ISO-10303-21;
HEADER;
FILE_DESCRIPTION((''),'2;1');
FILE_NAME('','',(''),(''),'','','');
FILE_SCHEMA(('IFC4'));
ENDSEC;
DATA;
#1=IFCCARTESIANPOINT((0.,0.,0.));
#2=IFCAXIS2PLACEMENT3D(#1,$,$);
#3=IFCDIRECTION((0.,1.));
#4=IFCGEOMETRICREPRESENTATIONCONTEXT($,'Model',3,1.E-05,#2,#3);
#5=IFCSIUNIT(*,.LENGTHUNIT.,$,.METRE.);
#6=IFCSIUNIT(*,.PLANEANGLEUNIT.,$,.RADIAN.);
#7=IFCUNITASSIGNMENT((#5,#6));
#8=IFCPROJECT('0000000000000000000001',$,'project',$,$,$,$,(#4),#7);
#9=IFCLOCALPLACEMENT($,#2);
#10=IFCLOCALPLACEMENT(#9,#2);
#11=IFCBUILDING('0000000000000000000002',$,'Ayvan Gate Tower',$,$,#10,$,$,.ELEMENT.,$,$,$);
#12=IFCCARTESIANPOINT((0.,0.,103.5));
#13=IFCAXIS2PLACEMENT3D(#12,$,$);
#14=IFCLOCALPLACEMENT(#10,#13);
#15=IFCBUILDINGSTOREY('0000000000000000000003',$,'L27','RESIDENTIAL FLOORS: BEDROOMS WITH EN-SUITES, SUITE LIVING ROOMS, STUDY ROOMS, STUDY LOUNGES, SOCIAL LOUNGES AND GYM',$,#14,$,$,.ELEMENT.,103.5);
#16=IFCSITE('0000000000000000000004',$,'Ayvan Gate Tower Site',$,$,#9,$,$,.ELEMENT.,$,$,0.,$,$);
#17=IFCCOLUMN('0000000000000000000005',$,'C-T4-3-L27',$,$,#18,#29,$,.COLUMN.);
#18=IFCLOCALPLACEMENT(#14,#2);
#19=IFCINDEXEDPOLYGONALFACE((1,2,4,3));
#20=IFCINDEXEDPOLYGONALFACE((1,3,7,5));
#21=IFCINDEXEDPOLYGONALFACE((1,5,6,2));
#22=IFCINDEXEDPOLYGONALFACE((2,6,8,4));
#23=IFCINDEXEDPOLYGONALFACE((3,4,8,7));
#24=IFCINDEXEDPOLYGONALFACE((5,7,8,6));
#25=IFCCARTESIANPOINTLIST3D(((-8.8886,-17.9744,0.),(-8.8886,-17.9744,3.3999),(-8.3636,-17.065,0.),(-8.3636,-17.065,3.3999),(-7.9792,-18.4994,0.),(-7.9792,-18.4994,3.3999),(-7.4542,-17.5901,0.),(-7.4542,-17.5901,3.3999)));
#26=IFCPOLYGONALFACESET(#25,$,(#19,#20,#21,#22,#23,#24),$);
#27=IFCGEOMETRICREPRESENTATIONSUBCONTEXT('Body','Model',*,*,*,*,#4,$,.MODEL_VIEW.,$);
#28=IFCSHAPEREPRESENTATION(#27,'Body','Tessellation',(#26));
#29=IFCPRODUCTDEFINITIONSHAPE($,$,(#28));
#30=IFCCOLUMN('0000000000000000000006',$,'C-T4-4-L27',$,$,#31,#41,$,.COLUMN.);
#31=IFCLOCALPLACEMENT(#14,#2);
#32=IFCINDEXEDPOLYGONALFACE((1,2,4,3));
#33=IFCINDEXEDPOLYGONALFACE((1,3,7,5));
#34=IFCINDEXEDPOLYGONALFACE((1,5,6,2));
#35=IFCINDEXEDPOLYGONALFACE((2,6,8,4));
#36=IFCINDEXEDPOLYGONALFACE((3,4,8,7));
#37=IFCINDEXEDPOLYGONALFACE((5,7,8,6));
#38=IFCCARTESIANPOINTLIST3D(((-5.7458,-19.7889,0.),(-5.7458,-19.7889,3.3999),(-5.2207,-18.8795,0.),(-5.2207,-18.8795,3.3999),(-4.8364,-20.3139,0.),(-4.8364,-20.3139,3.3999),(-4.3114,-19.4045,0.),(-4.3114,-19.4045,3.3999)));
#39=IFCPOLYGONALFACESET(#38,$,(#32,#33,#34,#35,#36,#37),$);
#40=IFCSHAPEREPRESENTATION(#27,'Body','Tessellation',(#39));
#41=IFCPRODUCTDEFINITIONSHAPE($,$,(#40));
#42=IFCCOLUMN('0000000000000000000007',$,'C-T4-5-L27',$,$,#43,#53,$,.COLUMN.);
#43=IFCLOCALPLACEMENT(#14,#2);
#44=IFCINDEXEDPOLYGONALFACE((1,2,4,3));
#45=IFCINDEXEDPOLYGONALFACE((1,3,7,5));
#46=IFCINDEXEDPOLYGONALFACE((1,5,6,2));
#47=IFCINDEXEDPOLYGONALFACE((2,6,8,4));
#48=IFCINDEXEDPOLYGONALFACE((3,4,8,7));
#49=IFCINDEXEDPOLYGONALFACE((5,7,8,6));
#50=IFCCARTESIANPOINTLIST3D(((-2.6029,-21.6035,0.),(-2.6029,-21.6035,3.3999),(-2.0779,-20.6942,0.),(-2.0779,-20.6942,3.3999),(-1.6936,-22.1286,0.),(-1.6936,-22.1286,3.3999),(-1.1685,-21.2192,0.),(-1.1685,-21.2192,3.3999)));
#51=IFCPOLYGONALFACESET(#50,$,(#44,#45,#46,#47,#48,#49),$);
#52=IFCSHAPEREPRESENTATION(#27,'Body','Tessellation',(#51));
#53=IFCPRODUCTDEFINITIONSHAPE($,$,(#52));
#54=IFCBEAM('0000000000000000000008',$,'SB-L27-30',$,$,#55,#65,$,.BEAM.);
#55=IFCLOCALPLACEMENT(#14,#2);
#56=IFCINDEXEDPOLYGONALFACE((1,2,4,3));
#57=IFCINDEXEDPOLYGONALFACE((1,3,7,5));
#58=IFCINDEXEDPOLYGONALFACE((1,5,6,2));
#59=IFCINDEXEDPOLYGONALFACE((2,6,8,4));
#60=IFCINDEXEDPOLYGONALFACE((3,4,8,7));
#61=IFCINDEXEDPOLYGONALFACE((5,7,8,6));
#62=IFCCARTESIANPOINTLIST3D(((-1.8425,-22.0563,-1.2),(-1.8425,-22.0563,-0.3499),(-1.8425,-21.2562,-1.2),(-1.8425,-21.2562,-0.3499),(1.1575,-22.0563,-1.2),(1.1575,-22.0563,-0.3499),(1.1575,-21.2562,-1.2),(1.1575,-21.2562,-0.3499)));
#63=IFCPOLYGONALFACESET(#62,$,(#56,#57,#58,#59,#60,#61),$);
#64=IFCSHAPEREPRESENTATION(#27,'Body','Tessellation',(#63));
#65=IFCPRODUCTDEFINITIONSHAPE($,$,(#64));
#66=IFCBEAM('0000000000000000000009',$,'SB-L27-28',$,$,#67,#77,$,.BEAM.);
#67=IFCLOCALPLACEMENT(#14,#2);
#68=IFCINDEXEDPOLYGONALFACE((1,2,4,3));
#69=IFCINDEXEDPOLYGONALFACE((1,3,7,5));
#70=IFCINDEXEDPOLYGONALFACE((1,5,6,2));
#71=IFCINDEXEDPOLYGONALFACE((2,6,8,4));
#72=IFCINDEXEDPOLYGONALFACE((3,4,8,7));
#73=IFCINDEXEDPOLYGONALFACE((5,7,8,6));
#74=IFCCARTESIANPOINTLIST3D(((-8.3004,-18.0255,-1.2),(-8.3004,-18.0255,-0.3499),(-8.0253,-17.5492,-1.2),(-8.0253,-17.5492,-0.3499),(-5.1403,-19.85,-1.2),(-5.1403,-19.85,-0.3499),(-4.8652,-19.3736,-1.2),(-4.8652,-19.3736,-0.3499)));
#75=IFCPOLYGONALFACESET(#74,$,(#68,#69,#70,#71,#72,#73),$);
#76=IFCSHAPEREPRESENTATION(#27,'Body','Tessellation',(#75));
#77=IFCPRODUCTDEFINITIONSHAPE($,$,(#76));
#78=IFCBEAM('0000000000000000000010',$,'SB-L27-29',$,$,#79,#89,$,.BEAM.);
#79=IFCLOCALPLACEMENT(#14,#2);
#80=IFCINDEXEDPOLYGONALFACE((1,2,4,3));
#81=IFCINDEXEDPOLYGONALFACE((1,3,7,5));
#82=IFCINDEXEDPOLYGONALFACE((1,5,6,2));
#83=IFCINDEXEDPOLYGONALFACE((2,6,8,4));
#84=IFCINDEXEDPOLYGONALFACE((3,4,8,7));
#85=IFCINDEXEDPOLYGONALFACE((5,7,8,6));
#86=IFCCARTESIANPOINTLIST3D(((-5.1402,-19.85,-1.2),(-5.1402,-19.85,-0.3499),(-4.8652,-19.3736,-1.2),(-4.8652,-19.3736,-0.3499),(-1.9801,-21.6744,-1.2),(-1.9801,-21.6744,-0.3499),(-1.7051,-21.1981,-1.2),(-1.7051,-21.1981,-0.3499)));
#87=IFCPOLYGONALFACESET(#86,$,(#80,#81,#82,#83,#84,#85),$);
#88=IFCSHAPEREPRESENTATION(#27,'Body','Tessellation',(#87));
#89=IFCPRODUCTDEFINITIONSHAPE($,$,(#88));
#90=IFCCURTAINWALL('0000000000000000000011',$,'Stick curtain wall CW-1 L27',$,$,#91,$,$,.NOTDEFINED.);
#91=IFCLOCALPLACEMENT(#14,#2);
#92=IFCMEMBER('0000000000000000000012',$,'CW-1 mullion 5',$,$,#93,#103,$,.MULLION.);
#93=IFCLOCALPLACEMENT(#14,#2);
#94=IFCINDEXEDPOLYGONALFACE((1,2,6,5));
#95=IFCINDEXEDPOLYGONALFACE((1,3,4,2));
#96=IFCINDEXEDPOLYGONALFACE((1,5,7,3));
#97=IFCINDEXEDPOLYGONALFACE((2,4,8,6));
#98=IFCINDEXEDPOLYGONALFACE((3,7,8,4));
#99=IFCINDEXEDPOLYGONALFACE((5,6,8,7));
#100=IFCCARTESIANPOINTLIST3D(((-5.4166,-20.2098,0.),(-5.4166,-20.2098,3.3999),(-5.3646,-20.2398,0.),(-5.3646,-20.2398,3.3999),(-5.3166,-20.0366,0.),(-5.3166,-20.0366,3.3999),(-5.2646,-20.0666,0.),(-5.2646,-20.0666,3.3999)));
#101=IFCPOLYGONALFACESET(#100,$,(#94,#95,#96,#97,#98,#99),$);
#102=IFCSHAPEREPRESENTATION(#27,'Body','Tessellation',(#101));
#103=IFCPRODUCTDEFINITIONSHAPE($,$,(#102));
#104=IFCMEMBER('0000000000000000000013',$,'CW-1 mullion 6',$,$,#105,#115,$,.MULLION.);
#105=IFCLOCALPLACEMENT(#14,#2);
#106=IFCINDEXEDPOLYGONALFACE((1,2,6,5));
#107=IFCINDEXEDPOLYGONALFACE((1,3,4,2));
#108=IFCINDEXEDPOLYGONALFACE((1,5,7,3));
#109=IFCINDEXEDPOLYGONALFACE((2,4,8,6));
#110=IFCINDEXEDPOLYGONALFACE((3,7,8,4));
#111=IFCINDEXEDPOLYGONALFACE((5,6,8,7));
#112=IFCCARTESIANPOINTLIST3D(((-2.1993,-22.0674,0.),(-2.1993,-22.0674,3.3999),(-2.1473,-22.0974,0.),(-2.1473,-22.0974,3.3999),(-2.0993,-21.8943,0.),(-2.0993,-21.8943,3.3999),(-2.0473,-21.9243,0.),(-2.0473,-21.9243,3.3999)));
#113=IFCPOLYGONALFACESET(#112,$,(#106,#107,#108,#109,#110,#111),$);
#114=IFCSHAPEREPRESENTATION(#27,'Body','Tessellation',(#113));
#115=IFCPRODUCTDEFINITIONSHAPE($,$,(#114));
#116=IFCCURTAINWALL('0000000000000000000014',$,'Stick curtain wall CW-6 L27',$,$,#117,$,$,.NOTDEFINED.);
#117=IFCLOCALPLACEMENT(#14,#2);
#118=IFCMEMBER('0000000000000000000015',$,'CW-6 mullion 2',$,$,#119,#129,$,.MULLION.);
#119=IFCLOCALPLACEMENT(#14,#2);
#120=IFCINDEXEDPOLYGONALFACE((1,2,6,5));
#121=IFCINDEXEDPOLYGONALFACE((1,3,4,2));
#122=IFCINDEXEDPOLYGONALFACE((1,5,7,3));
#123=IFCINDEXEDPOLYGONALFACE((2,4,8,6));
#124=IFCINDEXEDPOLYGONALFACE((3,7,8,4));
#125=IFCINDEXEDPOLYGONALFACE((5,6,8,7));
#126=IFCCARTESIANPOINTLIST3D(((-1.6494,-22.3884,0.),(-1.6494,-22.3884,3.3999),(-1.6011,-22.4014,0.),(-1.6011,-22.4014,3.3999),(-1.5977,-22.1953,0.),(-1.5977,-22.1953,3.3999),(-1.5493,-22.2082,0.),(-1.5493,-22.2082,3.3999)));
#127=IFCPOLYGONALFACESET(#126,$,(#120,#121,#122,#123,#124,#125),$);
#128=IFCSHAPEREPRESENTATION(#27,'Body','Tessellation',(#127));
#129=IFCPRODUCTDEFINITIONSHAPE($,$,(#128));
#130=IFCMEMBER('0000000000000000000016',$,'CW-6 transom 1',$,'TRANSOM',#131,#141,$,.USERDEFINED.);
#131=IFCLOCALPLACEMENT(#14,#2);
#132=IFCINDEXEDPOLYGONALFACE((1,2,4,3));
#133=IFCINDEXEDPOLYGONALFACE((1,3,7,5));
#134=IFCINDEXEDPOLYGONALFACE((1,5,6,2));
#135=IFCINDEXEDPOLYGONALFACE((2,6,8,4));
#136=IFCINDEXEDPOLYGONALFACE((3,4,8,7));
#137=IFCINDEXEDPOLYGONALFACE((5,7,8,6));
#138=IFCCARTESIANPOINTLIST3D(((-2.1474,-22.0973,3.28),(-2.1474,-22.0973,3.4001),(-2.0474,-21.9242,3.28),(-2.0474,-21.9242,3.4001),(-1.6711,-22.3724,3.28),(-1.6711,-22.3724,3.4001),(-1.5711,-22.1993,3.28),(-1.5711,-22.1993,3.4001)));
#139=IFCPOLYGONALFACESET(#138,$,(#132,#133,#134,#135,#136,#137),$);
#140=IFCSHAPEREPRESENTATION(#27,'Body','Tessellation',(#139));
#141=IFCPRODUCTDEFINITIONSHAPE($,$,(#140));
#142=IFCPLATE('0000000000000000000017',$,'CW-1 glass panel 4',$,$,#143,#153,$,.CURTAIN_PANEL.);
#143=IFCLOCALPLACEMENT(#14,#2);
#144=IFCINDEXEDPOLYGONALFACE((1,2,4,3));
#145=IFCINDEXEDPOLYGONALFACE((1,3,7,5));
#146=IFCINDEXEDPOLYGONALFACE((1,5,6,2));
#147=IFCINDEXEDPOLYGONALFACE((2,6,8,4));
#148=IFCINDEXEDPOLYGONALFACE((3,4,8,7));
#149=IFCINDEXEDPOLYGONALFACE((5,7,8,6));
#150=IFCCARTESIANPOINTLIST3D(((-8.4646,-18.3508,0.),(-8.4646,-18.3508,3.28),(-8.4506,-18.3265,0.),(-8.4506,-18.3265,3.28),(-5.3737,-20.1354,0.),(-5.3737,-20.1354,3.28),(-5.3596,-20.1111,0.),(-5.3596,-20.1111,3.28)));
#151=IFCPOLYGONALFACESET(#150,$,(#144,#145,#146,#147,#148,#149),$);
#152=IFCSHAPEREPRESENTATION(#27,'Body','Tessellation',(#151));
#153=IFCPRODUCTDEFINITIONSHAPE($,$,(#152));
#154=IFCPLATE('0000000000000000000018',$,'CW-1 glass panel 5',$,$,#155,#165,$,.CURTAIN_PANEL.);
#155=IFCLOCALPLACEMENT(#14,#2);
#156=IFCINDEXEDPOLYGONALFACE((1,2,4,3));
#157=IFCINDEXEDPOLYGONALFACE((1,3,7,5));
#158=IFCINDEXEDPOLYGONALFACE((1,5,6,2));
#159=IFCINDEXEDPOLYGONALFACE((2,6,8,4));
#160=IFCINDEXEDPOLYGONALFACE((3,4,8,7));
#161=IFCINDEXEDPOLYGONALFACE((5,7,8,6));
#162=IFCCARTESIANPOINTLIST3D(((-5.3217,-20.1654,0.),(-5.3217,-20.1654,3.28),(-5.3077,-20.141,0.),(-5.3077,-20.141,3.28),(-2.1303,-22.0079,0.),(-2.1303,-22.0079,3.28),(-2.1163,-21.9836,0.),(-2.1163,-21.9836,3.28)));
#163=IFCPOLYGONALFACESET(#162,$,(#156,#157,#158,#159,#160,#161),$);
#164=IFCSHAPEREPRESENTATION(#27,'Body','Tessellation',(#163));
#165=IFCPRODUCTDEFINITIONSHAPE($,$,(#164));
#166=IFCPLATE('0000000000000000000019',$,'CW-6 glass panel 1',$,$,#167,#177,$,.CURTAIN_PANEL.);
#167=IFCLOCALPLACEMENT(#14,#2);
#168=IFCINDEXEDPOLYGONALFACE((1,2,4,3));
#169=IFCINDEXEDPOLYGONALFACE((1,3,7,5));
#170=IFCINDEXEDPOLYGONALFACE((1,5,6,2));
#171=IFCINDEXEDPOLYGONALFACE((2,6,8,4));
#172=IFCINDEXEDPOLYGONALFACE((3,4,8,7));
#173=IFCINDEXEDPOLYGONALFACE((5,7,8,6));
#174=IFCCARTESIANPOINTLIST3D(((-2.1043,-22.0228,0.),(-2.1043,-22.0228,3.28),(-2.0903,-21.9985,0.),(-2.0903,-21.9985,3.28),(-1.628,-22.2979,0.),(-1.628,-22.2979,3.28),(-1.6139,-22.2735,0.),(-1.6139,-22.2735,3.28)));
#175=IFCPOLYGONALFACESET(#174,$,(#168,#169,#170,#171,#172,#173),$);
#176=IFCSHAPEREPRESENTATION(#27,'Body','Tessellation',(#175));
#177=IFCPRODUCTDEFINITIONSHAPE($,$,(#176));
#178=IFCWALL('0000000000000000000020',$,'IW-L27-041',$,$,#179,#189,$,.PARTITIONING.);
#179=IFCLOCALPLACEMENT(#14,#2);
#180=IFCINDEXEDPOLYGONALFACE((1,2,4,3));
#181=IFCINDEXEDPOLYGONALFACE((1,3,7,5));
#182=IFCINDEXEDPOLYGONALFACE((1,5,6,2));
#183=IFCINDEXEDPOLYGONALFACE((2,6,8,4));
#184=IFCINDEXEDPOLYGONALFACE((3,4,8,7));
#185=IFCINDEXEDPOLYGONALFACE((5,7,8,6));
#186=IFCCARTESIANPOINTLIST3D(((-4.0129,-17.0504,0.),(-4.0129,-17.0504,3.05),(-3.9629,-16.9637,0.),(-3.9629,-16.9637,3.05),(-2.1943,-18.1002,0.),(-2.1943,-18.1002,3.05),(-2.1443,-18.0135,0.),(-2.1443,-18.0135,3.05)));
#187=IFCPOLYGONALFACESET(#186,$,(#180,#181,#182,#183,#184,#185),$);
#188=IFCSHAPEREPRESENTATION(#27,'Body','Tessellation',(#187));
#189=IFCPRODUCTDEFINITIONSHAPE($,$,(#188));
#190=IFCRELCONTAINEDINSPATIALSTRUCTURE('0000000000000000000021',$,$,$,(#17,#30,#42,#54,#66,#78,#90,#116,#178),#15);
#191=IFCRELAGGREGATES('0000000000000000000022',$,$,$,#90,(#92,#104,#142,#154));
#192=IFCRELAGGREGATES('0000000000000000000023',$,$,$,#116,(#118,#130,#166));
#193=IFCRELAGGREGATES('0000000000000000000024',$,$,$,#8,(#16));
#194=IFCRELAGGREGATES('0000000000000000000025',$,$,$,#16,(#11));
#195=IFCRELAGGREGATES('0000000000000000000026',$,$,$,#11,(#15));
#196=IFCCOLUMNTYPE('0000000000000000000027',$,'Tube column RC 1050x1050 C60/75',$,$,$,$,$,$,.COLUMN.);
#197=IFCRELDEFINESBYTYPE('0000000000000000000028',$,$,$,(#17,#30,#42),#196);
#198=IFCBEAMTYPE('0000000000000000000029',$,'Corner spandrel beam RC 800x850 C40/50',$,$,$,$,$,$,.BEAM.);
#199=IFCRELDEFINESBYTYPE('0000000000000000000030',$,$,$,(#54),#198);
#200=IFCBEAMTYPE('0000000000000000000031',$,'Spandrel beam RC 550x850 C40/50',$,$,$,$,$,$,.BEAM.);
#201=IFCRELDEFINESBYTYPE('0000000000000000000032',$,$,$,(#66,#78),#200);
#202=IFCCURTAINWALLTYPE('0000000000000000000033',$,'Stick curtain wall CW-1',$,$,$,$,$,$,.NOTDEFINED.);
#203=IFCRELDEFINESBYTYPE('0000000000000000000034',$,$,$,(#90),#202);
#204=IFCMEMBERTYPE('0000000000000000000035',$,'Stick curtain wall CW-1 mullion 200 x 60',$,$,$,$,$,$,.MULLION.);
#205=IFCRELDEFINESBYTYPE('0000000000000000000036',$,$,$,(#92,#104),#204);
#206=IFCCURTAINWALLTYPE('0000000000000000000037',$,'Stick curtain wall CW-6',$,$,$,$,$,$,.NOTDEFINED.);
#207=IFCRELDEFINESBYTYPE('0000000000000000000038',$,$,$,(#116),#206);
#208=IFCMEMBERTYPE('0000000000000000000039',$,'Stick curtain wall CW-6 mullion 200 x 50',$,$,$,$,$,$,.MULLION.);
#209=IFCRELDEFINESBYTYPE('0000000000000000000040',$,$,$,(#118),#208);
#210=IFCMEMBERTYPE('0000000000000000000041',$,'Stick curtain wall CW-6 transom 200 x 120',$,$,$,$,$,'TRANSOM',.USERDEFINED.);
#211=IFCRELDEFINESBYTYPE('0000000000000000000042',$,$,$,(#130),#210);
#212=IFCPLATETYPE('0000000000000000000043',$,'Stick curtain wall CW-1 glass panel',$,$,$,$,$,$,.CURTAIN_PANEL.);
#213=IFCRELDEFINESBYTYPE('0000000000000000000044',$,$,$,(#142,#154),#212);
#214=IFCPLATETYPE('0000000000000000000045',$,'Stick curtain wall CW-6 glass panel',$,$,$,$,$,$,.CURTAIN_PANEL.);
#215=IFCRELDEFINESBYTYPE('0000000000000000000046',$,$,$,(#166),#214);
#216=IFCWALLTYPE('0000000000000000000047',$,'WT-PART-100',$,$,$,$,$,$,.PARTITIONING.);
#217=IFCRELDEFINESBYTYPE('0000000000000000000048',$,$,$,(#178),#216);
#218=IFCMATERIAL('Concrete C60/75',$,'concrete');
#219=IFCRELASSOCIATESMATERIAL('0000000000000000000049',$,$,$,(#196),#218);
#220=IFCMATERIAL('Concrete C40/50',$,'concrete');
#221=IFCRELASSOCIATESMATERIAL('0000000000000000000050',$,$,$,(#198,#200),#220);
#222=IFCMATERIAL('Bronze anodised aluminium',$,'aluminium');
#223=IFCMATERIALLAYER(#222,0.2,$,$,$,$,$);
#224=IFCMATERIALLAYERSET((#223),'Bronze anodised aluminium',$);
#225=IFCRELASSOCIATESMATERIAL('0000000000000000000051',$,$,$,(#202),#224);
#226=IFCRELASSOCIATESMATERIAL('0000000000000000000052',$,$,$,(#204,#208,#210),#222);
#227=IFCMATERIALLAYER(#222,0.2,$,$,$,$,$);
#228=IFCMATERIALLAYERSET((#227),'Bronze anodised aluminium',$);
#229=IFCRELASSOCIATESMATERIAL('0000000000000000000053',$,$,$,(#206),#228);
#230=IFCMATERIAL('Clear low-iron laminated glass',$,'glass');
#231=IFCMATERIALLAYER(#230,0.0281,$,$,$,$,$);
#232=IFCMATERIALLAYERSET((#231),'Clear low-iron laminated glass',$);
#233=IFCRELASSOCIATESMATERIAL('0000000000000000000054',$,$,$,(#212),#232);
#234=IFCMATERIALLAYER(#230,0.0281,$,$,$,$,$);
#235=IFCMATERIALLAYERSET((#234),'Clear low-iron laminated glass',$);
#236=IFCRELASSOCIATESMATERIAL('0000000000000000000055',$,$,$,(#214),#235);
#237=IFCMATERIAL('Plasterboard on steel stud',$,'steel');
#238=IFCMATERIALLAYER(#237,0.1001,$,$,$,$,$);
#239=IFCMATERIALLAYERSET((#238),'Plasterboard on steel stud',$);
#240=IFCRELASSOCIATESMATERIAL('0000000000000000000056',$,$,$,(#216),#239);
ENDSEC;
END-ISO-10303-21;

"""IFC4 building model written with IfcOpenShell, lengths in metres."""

from ifc_helpers import new_model, si_unit, direction, frame, frame_2d, origin, origin_2d, place, context, subcontext, project, spatial, rectangle, extrude, material, layer, layer_set, material_profile, profile_set, type_object, element, aggregate, save


model = new_model("IFC4")

# Units and contexts
model_context = context("Model", 3, precision=1e-05, world=origin(), true_north=direction((0.0, 1.0)))
body_context = subcontext(model_context, "Body", "Model", "MODEL_VIEW")
ifc_project = project(units=[si_unit("LENGTHUNIT", "METRE"), si_unit("PLANEANGLEUNIT", "RADIAN")], contexts=[model_context])

# Site, building, storey
site_placement = place(None, origin())
site = spatial("IfcSite", under=ifc_project, at=site_placement, Name="Ayvan Gate Tower Site", CompositionType="ELEMENT", RefElevation=0.0)
building_placement = place(site_placement, origin())
building = spatial("IfcBuilding", under=site, at=building_placement, Name="Ayvan Gate Tower", CompositionType="ELEMENT")
storey_placement = place(building_placement, frame((0.0, 0.0, 103.5)))
storey = spatial("IfcBuildingStorey", under=building, at=storey_placement, Name="L27", Description="RESIDENTIAL FLOORS: BEDROOMS WITH EN-SUITES, SUITE LIVING ROOMS, STUDY ROOMS, STUDY LOUNGES, SOCIAL LOUNGES AND GYM", CompositionType="ELEMENT", Elevation=103.5)

# Columns
ifc_material_1 = material(Name="Concrete C60/75", Category="concrete")
ifc_material_profile_1 = material_profile(ifc_material_1, rectangle(XDim=1.05, YDim=1.05, at=origin_2d()), Name="RC 1050x1050")
ifc_profile_set_1 = profile_set([ifc_material_profile_1], Name="Concrete C60/75")
column_type = type_object("IfcColumnType", Name="Tube column RC 1050x1050 C60/75", PredefinedType="COLUMN", material=ifc_profile_set_1)
for number, where, z_axis, x_axis, name in (
    (1, (-8.1714, -17.7822, 0.0), (0.0, 0.0, 1.0), (-0.5, -0.866025, 0.0), "C-T4-3-L27"),
    (2, (-5.0286, -19.5967, 0.0), (0.0, 0.0, 1.0), (-0.5, -0.866025, 0.0), "C-T4-4-L27"),
    (3, (-1.8857, -21.4114, 0.0), (0.0, 0.0, 1.0), (-0.5, -0.866025, 0.0), "C-T4-5-L27"),
):
    element("IfcColumn", number, at=place(storey_placement, frame(where, z_axis=z_axis, x_axis=x_axis)), inside=storey, type_object=column_type, Name=name, PredefinedType="COLUMN", context=body_context, shape_type="SweptSolid", body=[
        extrude(rectangle(XDim=1.05, YDim=1.05, at=origin_2d()), origin(), (0.0, 0.0, 1.0), 3.3999),
    ])

# Beams
ifc_material_2 = material(Name="Concrete C40/50", Category="concrete")
ifc_material_profile_2 = material_profile(ifc_material_2, rectangle(XDim=0.8, YDim=0.8501, at=origin_2d()), Name="RC 800x850")
ifc_profile_set_2 = profile_set([ifc_material_profile_2], Name="Concrete C40/50")
beam_type_1 = type_object("IfcBeamType", Name="Corner spandrel beam RC 800x850 C40/50", PredefinedType="BEAM", material=ifc_profile_set_2)
beam_placement = place(storey_placement, frame((-1.8425, -21.6562, -0.7749), z_axis=(1.0, 0.0, 0.0), x_axis=(0.0, 1.0, 0.0)))
element("IfcBeam", 4, at=beam_placement, inside=storey, type_object=beam_type_1, Name="SB-L27-30", PredefinedType="BEAM", context=body_context, shape_type="SweptSolid", body=[
    extrude(rectangle(XDim=0.8, YDim=0.8501, at=origin_2d()), origin(), (0.0, 0.0, 1.0), 3.0),
])
ifc_material_profile_3 = material_profile(ifc_material_2, rectangle(XDim=0.55, YDim=0.8501, at=origin_2d()), Name="RC 550x850")
ifc_profile_set_3 = profile_set([ifc_material_profile_3], Name="Concrete C40/50")
beam_type_2 = type_object("IfcBeamType", Name="Spandrel beam RC 550x850 C40/50", PredefinedType="BEAM", material=ifc_profile_set_3)
for number, where, z_axis, x_axis, name in (
    (5, (-8.1628, -17.7874, -0.7749), (0.866032, -0.499989, 0.0), (0.499989, 0.866032, 0.0), "SB-L27-28"),
    (6, (-5.0027, -19.6118, -0.7749), (0.866032, -0.499989, 0.0), (0.499989, 0.866032, 0.0), "SB-L27-29"),
):
    element("IfcBeam", number, at=place(storey_placement, frame(where, z_axis=z_axis, x_axis=x_axis)), inside=storey, type_object=beam_type_2, Name=name, PredefinedType="BEAM", context=body_context, shape_type="SweptSolid", body=[
        extrude(rectangle(XDim=0.55, YDim=0.8501, at=origin_2d()), origin(), (0.0, 0.0, 1.0), 3.6489),
    ])

# Curtain walls, members
ifc_material_3 = material(Name="Bronze anodised aluminium", Category="aluminium")
ifc_layer_1 = layer(ifc_material_3, 0.2)
ifc_layer_set_1 = layer_set([ifc_layer_1], Name="Bronze anodised aluminium")
curtain_wall_type_1 = type_object("IfcCurtainWallType", Name="Stick curtain wall CW-1", PredefinedType="NOTDEFINED", material=ifc_layer_set_1)
curtain_wall_1_placement = place(storey_placement, origin())
curtain_wall_1 = element("IfcCurtainWall", 7, at=curtain_wall_1_placement, inside=storey, type_object=curtain_wall_type_1, Name="Stick curtain wall CW-1 L27", PredefinedType="NOTDEFINED")
ifc_material_profile_4 = material_profile(ifc_material_3, rectangle(XDim=0.2, YDim=0.0601, at=origin_2d()), Name="Stick curtain wall CW-1 mullion 200 x 60")
ifc_profile_set_4 = profile_set([ifc_material_profile_4], Name="Bronze anodised aluminium")
member_type_1 = type_object("IfcMemberType", Name="Stick curtain wall CW-1 mullion 200 x 60", PredefinedType="MULLION", material=ifc_profile_set_4)
member_1_placement = place(storey_placement, frame((-5.3406, -20.1382, 0.0), z_axis=(0.0, 0.0, 1.0), x_axis=(-0.5, -0.866025, 0.0)))
member_1 = element("IfcMember", 8, at=member_1_placement, type_object=member_type_1, Name="CW-1 mullion 5", PredefinedType="MULLION", context=body_context, shape_type="SweptSolid", body=[
    extrude(rectangle(XDim=0.2, YDim=0.0601, at=origin_2d()), origin(), (0.0, 0.0, 1.0), 3.3999),
])
member_2_placement = place(storey_placement, frame((-2.1233, -21.9958, 0.0), z_axis=(0.0, 0.0, 1.0), x_axis=(-0.5, -0.866025, 0.0)))
member_2 = element("IfcMember", 9, at=member_2_placement, type_object=member_type_1, Name="CW-1 mullion 6", PredefinedType="MULLION", context=body_context, shape_type="SweptSolid", body=[
    extrude(rectangle(XDim=0.2, YDim=0.0601, at=origin_2d()), origin(), (0.0, 0.0, 1.0), 3.3999),
])
ifc_layer_2 = layer(ifc_material_3, 0.2)
ifc_layer_set_2 = layer_set([ifc_layer_2], Name="Bronze anodised aluminium")
curtain_wall_type_2 = type_object("IfcCurtainWallType", Name="Stick curtain wall CW-6", PredefinedType="NOTDEFINED", material=ifc_layer_set_2)
curtain_wall_2_placement = place(storey_placement, origin())
curtain_wall_2 = element("IfcCurtainWall", 10, at=curtain_wall_2_placement, inside=storey, type_object=curtain_wall_type_2, Name="Stick curtain wall CW-6 L27", PredefinedType="NOTDEFINED")
ifc_material_profile_5 = material_profile(ifc_material_3, rectangle(XDim=0.2, YDim=0.05, at=origin_2d()), Name="Stick curtain wall CW-6 mullion 200 x 50")
ifc_profile_set_5 = profile_set([ifc_material_profile_5], Name="Bronze anodised aluminium")
member_type_2 = type_object("IfcMemberType", Name="Stick curtain wall CW-6 mullion 200 x 50", PredefinedType="MULLION", material=ifc_profile_set_5)
member_3_placement = place(storey_placement, frame((-1.5994, -22.2983, 0.0), z_axis=(0.0, 0.0, 1.0), x_axis=(-0.258819, -0.965926, 0.0)))
member_3 = element("IfcMember", 11, at=member_3_placement, type_object=member_type_2, Name="CW-6 mullion 2", PredefinedType="MULLION", context=body_context, shape_type="SweptSolid", body=[
    extrude(rectangle(XDim=0.2, YDim=0.05, at=origin_2d()), origin(), (0.0, 0.0, 1.0), 3.3999),
])
ifc_material_profile_6 = material_profile(ifc_material_3, rectangle(XDim=0.2, YDim=0.1201, at=origin_2d()), Name="Stick curtain wall CW-6 transom 200 x 120")
ifc_profile_set_6 = profile_set([ifc_material_profile_6], Name="Bronze anodised aluminium")
member_type_3 = type_object("IfcMemberType", Name="Stick curtain wall CW-6 transom 200 x 120", ElementType="TRANSOM", PredefinedType="USERDEFINED", material=ifc_profile_set_6)
member_4_placement = place(storey_placement, frame((-2.0974, -22.0107, 3.3401), z_axis=(0.865912, -0.500196, 0.0), x_axis=(0.500196, 0.865912, 0.0)))
member_4 = element("IfcMember", 12, at=member_4_placement, type_object=member_type_3, Name="CW-6 transom 1", ObjectType="TRANSOM", PredefinedType="USERDEFINED", context=body_context, shape_type="SweptSolid", body=[
    extrude(rectangle(XDim=0.2, YDim=0.1201, at=origin_2d()), origin(), (0.0, 0.0, 1.0), 0.55),
])

# Plates
ifc_material_4 = material(Name="Clear low-iron laminated glass", Category="glass")
ifc_layer_3 = layer(ifc_material_4, 0.0281)
ifc_layer_set_3 = layer_set([ifc_layer_3], Name="Clear low-iron laminated glass")
plate_type_1 = type_object("IfcPlateType", Name="Stick curtain wall CW-1 glass panel", PredefinedType="CURTAIN_PANEL", material=ifc_layer_set_3)
plate_1_placement = place(storey_placement, frame((-6.9121, -19.231, 0.0), z_axis=(0.0, 0.0, 1.0), x_axis=(0.866025, -0.5, 0.0)))
plate_1 = element("IfcPlate", 13, at=plate_1_placement, type_object=plate_type_1, Name="CW-1 glass panel 4", PredefinedType="CURTAIN_PANEL", context=body_context, shape_type="SweptSolid", body=[
    extrude(rectangle(XDim=3.5691, YDim=0.0281, at=origin_2d()), origin(), (0.0, 0.0, 1.0), 3.28),
])
plate_2_placement = place(storey_placement, frame((-3.719, -21.0745, 0.0), z_axis=(0.0, 0.0, 1.0), x_axis=(0.866025, -0.5, 0.0)))
plate_2 = element("IfcPlate", 14, at=plate_2_placement, type_object=plate_type_1, Name="CW-1 glass panel 5", PredefinedType="CURTAIN_PANEL", context=body_context, shape_type="SweptSolid", body=[
    extrude(rectangle(XDim=3.6851, YDim=0.0281, at=origin_2d()), origin(), (0.0, 0.0, 1.0), 3.28),
])
aggregate(curtain_wall_1, [member_1, member_2, plate_1, plate_2])
ifc_layer_4 = layer(ifc_material_4, 0.0281)
ifc_layer_set_4 = layer_set([ifc_layer_4], Name="Clear low-iron laminated glass")
plate_type_2 = type_object("IfcPlateType", Name="Stick curtain wall CW-6 glass panel", PredefinedType="CURTAIN_PANEL", material=ifc_layer_set_4)
plate_3_placement = place(storey_placement, frame((-1.8591, -22.1482, 0.0), z_axis=(0.0, 0.0, 1.0), x_axis=(0.866025, -0.5, 0.0)))
plate_3 = element("IfcPlate", 15, at=plate_3_placement, type_object=plate_type_2, Name="CW-6 glass panel 1", PredefinedType="CURTAIN_PANEL", context=body_context, shape_type="SweptSolid", body=[
    extrude(rectangle(XDim=0.55, YDim=0.0281, at=origin_2d()), origin(), (0.0, 0.0, 1.0), 3.28),
])
aggregate(curtain_wall_2, [member_3, member_4, plate_3])

# Wall
ifc_material_5 = material(Name="Plasterboard on steel stud", Category="steel")
ifc_layer_5 = layer(ifc_material_5, 0.1001)
ifc_layer_set_5 = layer_set([ifc_layer_5], Name="Plasterboard on steel stud")
wall_type_1 = type_object("IfcWallType", Name="WT-PART-100", PredefinedType="PARTITIONING", material=ifc_layer_set_5)
wall_1_placement = place(storey_placement, frame((-3.9878, -17.0071, 0.0), z_axis=(0.0, 0.0, 1.0), x_axis=(0.86606, -0.499941, 0.0)))
element("IfcWall", 16, at=wall_1_placement, inside=storey, type_object=wall_type_1, Name="IW-L27-041", PredefinedType="PARTITIONING", context=body_context, shape_type="SweptSolid", body=[
    extrude(rectangle(XDim=2.0999, YDim=0.1001, at=frame_2d((1.0498, 0.0))), origin(), (0.0, 0.0, 1.0), 3.05),
])

save(model, "model.ifc")
